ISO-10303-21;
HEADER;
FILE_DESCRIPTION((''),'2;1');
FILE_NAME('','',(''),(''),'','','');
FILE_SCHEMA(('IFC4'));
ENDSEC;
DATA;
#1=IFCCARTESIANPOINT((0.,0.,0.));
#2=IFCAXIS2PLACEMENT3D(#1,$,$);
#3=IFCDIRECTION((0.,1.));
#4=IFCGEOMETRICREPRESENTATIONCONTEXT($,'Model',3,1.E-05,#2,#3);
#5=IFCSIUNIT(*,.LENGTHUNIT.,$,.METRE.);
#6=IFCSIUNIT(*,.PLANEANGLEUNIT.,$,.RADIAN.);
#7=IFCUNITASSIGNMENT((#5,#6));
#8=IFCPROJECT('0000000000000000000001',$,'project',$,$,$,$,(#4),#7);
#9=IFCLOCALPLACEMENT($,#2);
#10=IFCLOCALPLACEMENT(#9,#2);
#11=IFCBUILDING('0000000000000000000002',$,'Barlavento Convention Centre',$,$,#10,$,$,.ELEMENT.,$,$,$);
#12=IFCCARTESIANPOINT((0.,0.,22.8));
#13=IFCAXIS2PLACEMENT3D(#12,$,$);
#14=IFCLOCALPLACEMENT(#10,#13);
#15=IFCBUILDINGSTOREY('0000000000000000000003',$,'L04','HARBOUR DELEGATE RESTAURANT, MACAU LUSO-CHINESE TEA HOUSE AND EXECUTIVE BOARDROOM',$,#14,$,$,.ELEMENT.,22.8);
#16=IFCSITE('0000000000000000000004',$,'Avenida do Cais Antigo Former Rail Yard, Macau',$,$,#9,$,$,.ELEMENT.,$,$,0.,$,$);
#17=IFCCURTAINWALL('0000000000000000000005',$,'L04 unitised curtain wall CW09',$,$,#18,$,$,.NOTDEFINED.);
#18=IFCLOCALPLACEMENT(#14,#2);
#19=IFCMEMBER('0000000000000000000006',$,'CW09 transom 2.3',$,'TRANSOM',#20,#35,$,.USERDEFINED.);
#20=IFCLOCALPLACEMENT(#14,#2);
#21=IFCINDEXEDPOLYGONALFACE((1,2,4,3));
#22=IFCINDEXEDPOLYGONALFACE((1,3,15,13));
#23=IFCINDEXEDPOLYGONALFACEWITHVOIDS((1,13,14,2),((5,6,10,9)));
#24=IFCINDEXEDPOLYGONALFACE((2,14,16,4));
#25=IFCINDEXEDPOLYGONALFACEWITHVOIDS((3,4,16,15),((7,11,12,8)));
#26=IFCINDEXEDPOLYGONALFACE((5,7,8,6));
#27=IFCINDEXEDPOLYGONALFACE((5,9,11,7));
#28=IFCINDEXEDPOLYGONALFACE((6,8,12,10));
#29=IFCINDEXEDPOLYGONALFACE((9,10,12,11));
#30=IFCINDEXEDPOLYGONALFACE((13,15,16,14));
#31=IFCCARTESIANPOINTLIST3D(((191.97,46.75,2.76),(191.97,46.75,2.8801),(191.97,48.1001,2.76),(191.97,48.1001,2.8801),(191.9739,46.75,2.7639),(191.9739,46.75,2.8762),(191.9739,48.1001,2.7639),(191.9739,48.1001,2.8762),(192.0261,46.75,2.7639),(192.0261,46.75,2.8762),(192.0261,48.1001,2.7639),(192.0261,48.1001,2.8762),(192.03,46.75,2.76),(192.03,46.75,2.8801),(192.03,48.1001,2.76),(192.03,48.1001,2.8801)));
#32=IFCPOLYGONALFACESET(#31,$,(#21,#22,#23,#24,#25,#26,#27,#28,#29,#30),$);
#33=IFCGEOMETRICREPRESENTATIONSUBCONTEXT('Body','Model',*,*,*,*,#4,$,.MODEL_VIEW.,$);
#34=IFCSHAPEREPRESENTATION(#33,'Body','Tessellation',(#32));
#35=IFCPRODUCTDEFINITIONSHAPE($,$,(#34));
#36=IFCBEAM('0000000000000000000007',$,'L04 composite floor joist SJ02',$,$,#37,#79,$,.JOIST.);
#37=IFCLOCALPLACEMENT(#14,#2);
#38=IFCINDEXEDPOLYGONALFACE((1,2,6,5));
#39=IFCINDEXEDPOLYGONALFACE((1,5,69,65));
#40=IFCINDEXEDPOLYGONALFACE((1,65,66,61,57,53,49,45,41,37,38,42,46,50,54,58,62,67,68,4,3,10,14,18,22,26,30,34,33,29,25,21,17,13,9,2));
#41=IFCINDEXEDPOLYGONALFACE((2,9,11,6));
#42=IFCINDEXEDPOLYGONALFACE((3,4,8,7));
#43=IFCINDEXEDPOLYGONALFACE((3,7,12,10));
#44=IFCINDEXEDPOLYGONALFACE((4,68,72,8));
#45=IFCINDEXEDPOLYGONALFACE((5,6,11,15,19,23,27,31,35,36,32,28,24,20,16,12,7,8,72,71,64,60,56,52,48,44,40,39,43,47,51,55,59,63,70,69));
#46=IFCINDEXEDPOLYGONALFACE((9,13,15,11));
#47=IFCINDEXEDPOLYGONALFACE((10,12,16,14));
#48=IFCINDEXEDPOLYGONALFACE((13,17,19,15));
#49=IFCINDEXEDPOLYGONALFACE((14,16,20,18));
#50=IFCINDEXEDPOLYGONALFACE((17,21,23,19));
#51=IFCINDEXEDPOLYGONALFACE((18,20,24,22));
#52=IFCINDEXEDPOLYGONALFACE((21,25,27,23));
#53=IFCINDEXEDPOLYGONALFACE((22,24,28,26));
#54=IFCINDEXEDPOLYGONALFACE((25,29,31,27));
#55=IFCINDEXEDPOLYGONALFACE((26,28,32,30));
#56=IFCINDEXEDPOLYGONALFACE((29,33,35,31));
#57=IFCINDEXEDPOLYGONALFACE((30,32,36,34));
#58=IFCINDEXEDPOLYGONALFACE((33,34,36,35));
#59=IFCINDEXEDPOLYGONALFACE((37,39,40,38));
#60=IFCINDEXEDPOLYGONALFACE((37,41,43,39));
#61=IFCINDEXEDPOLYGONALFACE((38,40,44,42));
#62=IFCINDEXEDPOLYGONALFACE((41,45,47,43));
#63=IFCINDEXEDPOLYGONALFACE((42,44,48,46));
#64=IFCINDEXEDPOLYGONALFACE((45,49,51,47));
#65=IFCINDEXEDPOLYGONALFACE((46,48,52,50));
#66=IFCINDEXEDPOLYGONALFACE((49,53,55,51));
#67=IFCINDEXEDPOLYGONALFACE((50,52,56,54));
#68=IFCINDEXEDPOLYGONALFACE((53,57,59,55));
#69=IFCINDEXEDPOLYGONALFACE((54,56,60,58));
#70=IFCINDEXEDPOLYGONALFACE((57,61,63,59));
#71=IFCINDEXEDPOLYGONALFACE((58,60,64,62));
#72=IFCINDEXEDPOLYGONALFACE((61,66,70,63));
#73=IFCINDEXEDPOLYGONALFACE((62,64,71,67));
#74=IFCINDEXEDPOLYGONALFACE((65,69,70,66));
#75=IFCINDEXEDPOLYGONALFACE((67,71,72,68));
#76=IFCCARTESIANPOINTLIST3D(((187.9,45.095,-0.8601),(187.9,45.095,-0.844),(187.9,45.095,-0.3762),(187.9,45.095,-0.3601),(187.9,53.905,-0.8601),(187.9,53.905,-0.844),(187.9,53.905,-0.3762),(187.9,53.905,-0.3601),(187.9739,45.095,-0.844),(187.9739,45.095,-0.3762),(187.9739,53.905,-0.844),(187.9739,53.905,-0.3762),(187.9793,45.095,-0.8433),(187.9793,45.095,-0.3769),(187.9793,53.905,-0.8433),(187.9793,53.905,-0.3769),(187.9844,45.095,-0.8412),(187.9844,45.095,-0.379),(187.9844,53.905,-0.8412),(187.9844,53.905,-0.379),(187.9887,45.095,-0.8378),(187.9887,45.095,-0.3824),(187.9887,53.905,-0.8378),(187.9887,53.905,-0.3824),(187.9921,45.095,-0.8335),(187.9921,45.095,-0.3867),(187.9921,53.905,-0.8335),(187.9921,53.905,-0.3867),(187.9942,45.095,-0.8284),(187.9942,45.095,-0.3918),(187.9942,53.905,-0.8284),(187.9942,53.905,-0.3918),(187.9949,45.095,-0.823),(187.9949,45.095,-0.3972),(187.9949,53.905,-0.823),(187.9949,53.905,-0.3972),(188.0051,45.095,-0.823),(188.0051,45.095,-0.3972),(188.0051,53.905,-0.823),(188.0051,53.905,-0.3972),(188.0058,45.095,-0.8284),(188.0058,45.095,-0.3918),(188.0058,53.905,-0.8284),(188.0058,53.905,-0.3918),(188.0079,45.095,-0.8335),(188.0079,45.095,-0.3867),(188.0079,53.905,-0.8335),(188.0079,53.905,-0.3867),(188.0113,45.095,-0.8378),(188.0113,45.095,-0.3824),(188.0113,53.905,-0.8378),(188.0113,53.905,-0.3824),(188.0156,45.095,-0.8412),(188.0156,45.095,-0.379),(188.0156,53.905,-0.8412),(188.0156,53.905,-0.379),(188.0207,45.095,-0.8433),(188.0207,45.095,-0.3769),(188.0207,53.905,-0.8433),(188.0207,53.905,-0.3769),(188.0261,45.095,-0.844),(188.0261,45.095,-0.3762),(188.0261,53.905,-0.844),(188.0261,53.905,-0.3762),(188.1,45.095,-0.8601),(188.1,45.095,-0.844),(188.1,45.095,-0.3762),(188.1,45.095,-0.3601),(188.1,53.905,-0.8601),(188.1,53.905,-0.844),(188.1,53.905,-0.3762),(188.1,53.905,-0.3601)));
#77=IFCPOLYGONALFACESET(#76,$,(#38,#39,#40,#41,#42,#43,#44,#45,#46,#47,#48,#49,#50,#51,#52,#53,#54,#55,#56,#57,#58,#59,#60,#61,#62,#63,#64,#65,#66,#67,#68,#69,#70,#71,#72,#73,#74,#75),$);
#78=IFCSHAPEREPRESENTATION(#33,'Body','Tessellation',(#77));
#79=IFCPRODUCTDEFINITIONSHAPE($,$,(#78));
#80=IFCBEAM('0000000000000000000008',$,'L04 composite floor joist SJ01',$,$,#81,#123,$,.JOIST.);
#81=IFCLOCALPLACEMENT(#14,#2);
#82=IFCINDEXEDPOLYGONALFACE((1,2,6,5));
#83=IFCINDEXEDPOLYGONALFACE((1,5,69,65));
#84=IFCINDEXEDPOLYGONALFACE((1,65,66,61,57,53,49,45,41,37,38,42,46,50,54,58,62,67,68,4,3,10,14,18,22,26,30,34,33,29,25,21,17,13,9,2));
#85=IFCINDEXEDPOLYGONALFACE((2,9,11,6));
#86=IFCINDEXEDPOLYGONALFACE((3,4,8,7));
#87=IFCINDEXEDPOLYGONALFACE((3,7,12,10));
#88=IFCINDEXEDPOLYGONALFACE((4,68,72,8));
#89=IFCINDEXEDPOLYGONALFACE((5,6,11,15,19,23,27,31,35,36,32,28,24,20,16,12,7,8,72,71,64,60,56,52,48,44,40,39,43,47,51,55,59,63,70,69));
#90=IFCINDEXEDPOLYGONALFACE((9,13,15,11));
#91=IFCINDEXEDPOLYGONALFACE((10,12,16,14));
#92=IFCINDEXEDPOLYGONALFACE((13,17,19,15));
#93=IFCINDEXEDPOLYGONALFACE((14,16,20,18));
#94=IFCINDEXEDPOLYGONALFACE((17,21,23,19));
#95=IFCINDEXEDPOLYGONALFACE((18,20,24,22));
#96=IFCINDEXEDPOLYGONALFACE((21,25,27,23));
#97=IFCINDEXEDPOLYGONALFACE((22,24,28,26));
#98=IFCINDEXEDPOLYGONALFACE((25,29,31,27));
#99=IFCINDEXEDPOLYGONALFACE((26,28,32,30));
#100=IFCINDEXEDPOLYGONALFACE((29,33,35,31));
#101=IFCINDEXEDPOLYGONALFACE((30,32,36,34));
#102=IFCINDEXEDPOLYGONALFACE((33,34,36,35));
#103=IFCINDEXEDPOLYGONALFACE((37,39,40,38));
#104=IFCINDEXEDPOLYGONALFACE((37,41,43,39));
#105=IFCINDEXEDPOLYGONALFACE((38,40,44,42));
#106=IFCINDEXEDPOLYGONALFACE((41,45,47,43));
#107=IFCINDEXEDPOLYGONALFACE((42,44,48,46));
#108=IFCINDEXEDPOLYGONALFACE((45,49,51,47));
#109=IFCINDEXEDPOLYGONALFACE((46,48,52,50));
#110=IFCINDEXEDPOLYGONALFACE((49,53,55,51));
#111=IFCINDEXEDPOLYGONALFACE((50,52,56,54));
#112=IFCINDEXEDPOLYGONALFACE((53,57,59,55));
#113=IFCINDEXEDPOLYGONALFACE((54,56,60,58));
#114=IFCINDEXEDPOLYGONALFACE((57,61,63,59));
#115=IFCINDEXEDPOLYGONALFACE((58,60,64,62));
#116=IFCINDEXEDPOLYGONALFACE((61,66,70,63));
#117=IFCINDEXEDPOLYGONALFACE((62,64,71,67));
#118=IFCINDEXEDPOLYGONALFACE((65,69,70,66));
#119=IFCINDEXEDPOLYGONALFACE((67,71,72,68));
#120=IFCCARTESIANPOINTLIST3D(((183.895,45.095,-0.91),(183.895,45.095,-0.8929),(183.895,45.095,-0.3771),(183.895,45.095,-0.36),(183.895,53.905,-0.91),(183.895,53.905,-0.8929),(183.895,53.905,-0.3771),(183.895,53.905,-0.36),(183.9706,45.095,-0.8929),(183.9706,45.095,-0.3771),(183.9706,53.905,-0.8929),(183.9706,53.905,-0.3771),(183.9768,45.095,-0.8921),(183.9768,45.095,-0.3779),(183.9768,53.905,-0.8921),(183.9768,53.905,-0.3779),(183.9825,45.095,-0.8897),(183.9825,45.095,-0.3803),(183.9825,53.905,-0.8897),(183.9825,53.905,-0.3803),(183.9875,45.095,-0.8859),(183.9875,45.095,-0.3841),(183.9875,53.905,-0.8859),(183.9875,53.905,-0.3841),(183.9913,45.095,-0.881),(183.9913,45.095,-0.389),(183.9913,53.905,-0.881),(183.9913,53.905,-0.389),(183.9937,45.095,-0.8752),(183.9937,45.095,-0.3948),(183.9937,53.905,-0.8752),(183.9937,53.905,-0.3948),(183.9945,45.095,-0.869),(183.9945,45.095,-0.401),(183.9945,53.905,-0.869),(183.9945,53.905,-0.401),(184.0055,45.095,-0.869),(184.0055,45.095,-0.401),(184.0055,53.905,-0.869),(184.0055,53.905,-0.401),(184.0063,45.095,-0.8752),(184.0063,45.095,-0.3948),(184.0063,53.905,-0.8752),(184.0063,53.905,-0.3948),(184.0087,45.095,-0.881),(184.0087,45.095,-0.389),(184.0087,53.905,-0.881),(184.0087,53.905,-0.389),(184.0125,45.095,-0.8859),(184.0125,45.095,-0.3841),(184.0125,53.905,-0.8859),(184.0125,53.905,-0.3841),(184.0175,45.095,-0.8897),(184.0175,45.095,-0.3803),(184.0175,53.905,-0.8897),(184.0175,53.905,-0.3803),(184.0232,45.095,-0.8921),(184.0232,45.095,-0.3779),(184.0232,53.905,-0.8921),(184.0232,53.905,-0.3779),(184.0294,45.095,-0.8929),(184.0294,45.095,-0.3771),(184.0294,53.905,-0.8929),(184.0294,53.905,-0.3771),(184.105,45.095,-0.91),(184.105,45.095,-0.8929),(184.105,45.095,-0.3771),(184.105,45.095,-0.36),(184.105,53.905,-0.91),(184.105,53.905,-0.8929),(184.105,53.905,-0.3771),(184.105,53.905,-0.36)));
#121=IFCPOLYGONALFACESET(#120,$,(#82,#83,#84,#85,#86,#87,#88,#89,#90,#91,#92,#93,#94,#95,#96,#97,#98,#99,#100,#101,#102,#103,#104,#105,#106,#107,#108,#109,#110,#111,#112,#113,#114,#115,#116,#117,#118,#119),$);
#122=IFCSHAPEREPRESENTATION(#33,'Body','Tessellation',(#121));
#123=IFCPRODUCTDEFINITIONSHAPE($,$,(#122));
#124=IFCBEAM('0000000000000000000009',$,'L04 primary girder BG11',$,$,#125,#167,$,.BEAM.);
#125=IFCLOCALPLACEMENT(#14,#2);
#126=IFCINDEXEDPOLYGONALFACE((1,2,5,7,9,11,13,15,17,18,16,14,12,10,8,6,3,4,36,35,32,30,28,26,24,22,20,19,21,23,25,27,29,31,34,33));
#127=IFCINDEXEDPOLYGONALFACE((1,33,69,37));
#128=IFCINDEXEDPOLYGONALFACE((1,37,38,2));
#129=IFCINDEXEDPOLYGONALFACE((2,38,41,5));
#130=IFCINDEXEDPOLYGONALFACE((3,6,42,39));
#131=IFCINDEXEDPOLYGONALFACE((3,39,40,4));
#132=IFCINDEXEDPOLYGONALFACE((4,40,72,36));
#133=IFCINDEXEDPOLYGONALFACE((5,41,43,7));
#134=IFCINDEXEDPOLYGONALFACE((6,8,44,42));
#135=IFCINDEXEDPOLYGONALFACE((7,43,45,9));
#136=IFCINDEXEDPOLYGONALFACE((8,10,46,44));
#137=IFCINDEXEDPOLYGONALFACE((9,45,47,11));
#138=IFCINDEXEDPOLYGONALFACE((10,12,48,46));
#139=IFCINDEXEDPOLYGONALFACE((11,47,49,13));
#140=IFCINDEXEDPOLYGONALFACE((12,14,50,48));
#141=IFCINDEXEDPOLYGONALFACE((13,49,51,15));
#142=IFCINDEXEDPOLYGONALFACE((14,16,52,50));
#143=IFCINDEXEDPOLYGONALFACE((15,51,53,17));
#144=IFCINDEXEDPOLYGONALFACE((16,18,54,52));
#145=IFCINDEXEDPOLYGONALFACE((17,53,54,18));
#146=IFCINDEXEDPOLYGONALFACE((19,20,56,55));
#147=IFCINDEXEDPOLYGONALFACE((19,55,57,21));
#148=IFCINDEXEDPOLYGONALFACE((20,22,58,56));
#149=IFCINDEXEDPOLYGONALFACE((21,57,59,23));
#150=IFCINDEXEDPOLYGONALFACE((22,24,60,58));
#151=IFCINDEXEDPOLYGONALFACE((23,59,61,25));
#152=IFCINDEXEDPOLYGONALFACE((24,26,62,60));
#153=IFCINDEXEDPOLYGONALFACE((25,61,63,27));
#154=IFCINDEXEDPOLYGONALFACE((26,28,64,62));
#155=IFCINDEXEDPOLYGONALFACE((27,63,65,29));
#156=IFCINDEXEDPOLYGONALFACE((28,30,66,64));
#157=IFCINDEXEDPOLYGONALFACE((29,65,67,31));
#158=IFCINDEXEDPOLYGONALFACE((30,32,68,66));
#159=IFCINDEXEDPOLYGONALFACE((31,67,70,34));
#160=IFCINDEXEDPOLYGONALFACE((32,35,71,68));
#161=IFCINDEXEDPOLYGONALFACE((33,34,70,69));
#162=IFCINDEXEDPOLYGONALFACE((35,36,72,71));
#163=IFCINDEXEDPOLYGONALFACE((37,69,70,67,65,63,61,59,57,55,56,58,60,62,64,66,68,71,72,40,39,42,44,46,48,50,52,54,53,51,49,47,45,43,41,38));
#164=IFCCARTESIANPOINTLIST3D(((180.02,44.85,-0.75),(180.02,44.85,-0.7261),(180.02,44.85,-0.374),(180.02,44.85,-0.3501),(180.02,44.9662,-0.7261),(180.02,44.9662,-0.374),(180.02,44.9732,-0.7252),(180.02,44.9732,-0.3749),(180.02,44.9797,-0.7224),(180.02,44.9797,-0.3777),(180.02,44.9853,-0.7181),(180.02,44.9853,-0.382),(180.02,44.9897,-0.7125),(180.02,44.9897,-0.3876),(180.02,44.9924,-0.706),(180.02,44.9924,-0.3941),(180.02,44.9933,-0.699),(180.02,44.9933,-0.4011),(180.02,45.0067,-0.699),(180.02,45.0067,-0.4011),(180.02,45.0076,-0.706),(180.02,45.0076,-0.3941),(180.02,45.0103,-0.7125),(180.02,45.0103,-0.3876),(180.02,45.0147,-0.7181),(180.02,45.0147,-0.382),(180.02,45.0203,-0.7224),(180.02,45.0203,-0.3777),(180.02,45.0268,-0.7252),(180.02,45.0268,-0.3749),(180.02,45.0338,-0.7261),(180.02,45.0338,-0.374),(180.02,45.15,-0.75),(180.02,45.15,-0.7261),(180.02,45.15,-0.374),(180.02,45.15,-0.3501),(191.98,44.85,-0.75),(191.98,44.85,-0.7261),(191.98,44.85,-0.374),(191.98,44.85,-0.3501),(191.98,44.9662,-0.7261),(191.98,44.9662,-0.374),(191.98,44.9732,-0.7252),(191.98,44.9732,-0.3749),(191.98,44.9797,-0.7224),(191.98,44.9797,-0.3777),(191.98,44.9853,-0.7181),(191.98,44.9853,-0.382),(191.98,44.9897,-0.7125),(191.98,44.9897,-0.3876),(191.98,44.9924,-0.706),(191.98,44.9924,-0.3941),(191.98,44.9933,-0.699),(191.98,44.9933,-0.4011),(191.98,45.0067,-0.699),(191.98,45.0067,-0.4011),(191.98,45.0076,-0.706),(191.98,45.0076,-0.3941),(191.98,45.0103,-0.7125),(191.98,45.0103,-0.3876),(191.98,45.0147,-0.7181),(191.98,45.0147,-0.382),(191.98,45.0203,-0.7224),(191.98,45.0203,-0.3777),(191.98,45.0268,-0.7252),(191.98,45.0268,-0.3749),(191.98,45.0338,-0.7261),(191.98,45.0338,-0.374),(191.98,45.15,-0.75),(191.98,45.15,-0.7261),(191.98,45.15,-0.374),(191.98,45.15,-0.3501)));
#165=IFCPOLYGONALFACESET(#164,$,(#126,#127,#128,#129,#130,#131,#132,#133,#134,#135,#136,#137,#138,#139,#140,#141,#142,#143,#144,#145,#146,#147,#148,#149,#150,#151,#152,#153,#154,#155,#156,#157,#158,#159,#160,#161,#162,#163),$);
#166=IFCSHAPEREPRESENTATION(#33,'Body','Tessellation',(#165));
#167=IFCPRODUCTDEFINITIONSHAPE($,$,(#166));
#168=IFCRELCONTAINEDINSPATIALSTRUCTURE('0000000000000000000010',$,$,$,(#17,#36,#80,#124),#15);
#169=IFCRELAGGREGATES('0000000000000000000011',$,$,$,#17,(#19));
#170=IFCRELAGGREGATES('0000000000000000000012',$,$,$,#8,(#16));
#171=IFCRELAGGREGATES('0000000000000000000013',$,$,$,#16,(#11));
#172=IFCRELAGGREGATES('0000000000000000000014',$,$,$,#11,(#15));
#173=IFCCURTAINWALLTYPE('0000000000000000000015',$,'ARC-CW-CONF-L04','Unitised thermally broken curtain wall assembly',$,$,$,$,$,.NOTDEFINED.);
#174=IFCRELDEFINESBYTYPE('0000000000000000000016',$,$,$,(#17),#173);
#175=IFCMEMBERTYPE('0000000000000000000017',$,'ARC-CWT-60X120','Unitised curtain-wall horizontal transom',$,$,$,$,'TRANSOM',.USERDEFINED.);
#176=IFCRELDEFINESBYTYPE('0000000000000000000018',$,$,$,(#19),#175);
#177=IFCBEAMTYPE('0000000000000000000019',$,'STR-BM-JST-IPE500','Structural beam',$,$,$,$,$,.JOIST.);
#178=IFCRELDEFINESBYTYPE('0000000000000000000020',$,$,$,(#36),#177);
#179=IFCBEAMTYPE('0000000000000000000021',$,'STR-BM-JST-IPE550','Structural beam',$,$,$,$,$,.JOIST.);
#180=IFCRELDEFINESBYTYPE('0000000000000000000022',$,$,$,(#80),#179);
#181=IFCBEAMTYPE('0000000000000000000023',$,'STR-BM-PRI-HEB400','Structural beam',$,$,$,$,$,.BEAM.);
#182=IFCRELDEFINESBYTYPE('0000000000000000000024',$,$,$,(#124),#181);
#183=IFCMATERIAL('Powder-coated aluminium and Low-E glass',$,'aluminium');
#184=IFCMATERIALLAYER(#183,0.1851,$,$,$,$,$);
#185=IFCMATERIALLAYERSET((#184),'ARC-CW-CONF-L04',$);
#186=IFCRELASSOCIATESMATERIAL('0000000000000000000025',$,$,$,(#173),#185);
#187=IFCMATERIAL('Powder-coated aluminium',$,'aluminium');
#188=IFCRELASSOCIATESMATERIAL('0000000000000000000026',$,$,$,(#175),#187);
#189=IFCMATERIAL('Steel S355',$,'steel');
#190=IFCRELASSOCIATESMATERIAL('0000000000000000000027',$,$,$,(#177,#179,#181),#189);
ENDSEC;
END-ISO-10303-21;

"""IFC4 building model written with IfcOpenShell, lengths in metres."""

from ifc_helpers import new_model, si_unit, direction, frame, origin, origin_2d, place, context, subcontext, project, spatial, hollow_rectangle, i_section, extrude, material, layer, layer_set, material_profile, profile_set, type_object, element, aggregate, save


model = new_model("IFC4")

# Units and contexts
model_context = context("Model", 3, precision=1e-05, world=origin(), true_north=direction((0.0, 1.0)))
body_context = subcontext(model_context, "Body", "Model", "MODEL_VIEW")
ifc_project = project(units=[si_unit("LENGTHUNIT", "METRE"), si_unit("PLANEANGLEUNIT", "RADIAN")], contexts=[model_context])

# Site, building, storey
site_placement = place(None, origin())
site = spatial("IfcSite", under=ifc_project, at=site_placement, Name="Avenida do Cais Antigo Former Rail Yard, Macau", CompositionType="ELEMENT", RefElevation=0.0)
building_placement = place(site_placement, origin())
building = spatial("IfcBuilding", under=site, at=building_placement, Name="Barlavento Convention Centre", CompositionType="ELEMENT")
storey_placement = place(building_placement, frame((0.0, 0.0, 22.8)))
storey = spatial("IfcBuildingStorey", under=building, at=storey_placement, Name="L04", Description="HARBOUR DELEGATE RESTAURANT, MACAU LUSO-CHINESE TEA HOUSE AND EXECUTIVE BOARDROOM", CompositionType="ELEMENT", Elevation=22.8)

# Shared definitions
ifc_material_1 = material(Name="Steel S355", Category="steel")

# Shared definitions
ifc_material_2 = material(Name="Powder-coated aluminium and Low-E glass", Category="aluminium")
ifc_layer_1 = layer(ifc_material_2, 0.1851)
ifc_layer_set_1 = layer_set([ifc_layer_1], Name="ARC-CW-CONF-L04")
curtain_wall_type = type_object("IfcCurtainWallType", Name="ARC-CW-CONF-L04", Description="Unitised thermally broken curtain wall assembly", PredefinedType="NOTDEFINED", material=ifc_layer_set_1)
ifc_material_3 = material(Name="Powder-coated aluminium", Category="aluminium")

# Curtain wall, member
curtain_wall_1_placement = place(storey_placement, origin())
curtain_wall_1 = element("IfcCurtainWall", 1, at=curtain_wall_1_placement, inside=storey, type_object=curtain_wall_type, Name="L04 unitised curtain wall CW09", PredefinedType="NOTDEFINED")
ifc_material_profile_1 = material_profile(ifc_material_3, hollow_rectangle(XDim=0.0601, YDim=0.1201, WallThickness=0.0039, at=origin_2d()), Name="AL-TRAN 60x120x4")
ifc_profile_set_1 = profile_set([ifc_material_profile_1], Name="Powder-coated aluminium")
member_type_1 = type_object("IfcMemberType", Name="ARC-CWT-60X120", Description="Unitised curtain-wall horizontal transom", ElementType="TRANSOM", PredefinedType="USERDEFINED", material=ifc_profile_set_1)
member_1_placement = place(storey_placement, frame((192.0, 46.75, 2.8201), z_axis=(0.0, 1.0, 0.0), x_axis=(-1.0, 0.0, 0.0)))
member_1 = element("IfcMember", 2, at=member_1_placement, type_object=member_type_1, Name="CW09 transom 2.3", ObjectType="TRANSOM", PredefinedType="USERDEFINED", context=body_context, shape_type="SweptSolid", body=[
    extrude(hollow_rectangle(XDim=0.0601, YDim=0.1201, WallThickness=0.0039, at=origin_2d()), origin(), (0.0, 0.0, 1.0), 1.3501),
])

# Beams
ifc_material_profile_2 = material_profile(ifc_material_1, i_section(OverallWidth=0.2, OverallDepth=0.5, WebThickness=0.0103, FlangeThickness=0.0161, FilletRadius=0.021, at=origin_2d()), Name="IPE 500")
ifc_profile_set_2 = profile_set([ifc_material_profile_2], Name="Steel S355")
beam_type_1 = type_object("IfcBeamType", Name="STR-BM-JST-IPE500", Description="Structural beam", PredefinedType="JOIST", material=ifc_profile_set_2)
beam_1_placement = place(storey_placement, frame((188.0, 45.095, -0.6101), z_axis=(0.0, 1.0, 0.0), x_axis=(-1.0, 0.0, 0.0)))
element("IfcBeam", 3, at=beam_1_placement, inside=storey, type_object=beam_type_1, Name="L04 composite floor joist SJ02", PredefinedType="JOIST", context=body_context, shape_type="SweptSolid", body=[
    extrude(i_section(OverallWidth=0.2, OverallDepth=0.5, WebThickness=0.0103, FlangeThickness=0.0161, FilletRadius=0.021, at=origin_2d()), origin(), (0.0, 0.0, 1.0), 8.8101),
])
ifc_material_profile_3 = material_profile(ifc_material_1, i_section(OverallWidth=0.21, OverallDepth=0.55, WebThickness=0.011, FlangeThickness=0.0171, FilletRadius=0.0239, at=origin_2d()), Name="IPE 550")
ifc_profile_set_3 = profile_set([ifc_material_profile_3], Name="Steel S355")
beam_type_2 = type_object("IfcBeamType", Name="STR-BM-JST-IPE550", Description="Structural beam", PredefinedType="JOIST", material=ifc_profile_set_3)
beam_2_placement = place(storey_placement, frame((184.0, 45.095, -0.635), z_axis=(0.0, 1.0, 0.0), x_axis=(-1.0, 0.0, 0.0)))
element("IfcBeam", 4, at=beam_2_placement, inside=storey, type_object=beam_type_2, Name="L04 composite floor joist SJ01", PredefinedType="JOIST", context=body_context, shape_type="SweptSolid", body=[
    extrude(i_section(OverallWidth=0.21, OverallDepth=0.55, WebThickness=0.011, FlangeThickness=0.0171, FilletRadius=0.0239, at=origin_2d()), origin(), (0.0, 0.0, 1.0), 8.8101),
])
ifc_material_profile_4 = material_profile(ifc_material_1, i_section(OverallWidth=0.3, OverallDepth=0.3999, WebThickness=0.0134, FlangeThickness=0.0239, FilletRadius=0.0271, at=origin_2d()), Name="HEB 400")
ifc_profile_set_4 = profile_set([ifc_material_profile_4], Name="Steel S355")
beam_type_3 = type_object("IfcBeamType", Name="STR-BM-PRI-HEB400", Description="Structural beam", PredefinedType="BEAM", material=ifc_profile_set_4)
beam_3_placement = place(storey_placement, frame((180.02, 45.0, -0.55), z_axis=(1.0, 0.0, 0.0), x_axis=(0.0, 1.0, 0.0)))
element("IfcBeam", 5, at=beam_3_placement, inside=storey, type_object=beam_type_3, Name="L04 primary girder BG11", PredefinedType="BEAM", context=body_context, shape_type="SweptSolid", body=[
    extrude(i_section(OverallWidth=0.3, OverallDepth=0.3999, WebThickness=0.0134, FlangeThickness=0.0239, FilletRadius=0.0271, at=origin_2d()), origin(), (0.0, 0.0, 1.0), 11.96),
])

aggregate(curtain_wall_1, [member_1])

save(model, "model.ifc")
